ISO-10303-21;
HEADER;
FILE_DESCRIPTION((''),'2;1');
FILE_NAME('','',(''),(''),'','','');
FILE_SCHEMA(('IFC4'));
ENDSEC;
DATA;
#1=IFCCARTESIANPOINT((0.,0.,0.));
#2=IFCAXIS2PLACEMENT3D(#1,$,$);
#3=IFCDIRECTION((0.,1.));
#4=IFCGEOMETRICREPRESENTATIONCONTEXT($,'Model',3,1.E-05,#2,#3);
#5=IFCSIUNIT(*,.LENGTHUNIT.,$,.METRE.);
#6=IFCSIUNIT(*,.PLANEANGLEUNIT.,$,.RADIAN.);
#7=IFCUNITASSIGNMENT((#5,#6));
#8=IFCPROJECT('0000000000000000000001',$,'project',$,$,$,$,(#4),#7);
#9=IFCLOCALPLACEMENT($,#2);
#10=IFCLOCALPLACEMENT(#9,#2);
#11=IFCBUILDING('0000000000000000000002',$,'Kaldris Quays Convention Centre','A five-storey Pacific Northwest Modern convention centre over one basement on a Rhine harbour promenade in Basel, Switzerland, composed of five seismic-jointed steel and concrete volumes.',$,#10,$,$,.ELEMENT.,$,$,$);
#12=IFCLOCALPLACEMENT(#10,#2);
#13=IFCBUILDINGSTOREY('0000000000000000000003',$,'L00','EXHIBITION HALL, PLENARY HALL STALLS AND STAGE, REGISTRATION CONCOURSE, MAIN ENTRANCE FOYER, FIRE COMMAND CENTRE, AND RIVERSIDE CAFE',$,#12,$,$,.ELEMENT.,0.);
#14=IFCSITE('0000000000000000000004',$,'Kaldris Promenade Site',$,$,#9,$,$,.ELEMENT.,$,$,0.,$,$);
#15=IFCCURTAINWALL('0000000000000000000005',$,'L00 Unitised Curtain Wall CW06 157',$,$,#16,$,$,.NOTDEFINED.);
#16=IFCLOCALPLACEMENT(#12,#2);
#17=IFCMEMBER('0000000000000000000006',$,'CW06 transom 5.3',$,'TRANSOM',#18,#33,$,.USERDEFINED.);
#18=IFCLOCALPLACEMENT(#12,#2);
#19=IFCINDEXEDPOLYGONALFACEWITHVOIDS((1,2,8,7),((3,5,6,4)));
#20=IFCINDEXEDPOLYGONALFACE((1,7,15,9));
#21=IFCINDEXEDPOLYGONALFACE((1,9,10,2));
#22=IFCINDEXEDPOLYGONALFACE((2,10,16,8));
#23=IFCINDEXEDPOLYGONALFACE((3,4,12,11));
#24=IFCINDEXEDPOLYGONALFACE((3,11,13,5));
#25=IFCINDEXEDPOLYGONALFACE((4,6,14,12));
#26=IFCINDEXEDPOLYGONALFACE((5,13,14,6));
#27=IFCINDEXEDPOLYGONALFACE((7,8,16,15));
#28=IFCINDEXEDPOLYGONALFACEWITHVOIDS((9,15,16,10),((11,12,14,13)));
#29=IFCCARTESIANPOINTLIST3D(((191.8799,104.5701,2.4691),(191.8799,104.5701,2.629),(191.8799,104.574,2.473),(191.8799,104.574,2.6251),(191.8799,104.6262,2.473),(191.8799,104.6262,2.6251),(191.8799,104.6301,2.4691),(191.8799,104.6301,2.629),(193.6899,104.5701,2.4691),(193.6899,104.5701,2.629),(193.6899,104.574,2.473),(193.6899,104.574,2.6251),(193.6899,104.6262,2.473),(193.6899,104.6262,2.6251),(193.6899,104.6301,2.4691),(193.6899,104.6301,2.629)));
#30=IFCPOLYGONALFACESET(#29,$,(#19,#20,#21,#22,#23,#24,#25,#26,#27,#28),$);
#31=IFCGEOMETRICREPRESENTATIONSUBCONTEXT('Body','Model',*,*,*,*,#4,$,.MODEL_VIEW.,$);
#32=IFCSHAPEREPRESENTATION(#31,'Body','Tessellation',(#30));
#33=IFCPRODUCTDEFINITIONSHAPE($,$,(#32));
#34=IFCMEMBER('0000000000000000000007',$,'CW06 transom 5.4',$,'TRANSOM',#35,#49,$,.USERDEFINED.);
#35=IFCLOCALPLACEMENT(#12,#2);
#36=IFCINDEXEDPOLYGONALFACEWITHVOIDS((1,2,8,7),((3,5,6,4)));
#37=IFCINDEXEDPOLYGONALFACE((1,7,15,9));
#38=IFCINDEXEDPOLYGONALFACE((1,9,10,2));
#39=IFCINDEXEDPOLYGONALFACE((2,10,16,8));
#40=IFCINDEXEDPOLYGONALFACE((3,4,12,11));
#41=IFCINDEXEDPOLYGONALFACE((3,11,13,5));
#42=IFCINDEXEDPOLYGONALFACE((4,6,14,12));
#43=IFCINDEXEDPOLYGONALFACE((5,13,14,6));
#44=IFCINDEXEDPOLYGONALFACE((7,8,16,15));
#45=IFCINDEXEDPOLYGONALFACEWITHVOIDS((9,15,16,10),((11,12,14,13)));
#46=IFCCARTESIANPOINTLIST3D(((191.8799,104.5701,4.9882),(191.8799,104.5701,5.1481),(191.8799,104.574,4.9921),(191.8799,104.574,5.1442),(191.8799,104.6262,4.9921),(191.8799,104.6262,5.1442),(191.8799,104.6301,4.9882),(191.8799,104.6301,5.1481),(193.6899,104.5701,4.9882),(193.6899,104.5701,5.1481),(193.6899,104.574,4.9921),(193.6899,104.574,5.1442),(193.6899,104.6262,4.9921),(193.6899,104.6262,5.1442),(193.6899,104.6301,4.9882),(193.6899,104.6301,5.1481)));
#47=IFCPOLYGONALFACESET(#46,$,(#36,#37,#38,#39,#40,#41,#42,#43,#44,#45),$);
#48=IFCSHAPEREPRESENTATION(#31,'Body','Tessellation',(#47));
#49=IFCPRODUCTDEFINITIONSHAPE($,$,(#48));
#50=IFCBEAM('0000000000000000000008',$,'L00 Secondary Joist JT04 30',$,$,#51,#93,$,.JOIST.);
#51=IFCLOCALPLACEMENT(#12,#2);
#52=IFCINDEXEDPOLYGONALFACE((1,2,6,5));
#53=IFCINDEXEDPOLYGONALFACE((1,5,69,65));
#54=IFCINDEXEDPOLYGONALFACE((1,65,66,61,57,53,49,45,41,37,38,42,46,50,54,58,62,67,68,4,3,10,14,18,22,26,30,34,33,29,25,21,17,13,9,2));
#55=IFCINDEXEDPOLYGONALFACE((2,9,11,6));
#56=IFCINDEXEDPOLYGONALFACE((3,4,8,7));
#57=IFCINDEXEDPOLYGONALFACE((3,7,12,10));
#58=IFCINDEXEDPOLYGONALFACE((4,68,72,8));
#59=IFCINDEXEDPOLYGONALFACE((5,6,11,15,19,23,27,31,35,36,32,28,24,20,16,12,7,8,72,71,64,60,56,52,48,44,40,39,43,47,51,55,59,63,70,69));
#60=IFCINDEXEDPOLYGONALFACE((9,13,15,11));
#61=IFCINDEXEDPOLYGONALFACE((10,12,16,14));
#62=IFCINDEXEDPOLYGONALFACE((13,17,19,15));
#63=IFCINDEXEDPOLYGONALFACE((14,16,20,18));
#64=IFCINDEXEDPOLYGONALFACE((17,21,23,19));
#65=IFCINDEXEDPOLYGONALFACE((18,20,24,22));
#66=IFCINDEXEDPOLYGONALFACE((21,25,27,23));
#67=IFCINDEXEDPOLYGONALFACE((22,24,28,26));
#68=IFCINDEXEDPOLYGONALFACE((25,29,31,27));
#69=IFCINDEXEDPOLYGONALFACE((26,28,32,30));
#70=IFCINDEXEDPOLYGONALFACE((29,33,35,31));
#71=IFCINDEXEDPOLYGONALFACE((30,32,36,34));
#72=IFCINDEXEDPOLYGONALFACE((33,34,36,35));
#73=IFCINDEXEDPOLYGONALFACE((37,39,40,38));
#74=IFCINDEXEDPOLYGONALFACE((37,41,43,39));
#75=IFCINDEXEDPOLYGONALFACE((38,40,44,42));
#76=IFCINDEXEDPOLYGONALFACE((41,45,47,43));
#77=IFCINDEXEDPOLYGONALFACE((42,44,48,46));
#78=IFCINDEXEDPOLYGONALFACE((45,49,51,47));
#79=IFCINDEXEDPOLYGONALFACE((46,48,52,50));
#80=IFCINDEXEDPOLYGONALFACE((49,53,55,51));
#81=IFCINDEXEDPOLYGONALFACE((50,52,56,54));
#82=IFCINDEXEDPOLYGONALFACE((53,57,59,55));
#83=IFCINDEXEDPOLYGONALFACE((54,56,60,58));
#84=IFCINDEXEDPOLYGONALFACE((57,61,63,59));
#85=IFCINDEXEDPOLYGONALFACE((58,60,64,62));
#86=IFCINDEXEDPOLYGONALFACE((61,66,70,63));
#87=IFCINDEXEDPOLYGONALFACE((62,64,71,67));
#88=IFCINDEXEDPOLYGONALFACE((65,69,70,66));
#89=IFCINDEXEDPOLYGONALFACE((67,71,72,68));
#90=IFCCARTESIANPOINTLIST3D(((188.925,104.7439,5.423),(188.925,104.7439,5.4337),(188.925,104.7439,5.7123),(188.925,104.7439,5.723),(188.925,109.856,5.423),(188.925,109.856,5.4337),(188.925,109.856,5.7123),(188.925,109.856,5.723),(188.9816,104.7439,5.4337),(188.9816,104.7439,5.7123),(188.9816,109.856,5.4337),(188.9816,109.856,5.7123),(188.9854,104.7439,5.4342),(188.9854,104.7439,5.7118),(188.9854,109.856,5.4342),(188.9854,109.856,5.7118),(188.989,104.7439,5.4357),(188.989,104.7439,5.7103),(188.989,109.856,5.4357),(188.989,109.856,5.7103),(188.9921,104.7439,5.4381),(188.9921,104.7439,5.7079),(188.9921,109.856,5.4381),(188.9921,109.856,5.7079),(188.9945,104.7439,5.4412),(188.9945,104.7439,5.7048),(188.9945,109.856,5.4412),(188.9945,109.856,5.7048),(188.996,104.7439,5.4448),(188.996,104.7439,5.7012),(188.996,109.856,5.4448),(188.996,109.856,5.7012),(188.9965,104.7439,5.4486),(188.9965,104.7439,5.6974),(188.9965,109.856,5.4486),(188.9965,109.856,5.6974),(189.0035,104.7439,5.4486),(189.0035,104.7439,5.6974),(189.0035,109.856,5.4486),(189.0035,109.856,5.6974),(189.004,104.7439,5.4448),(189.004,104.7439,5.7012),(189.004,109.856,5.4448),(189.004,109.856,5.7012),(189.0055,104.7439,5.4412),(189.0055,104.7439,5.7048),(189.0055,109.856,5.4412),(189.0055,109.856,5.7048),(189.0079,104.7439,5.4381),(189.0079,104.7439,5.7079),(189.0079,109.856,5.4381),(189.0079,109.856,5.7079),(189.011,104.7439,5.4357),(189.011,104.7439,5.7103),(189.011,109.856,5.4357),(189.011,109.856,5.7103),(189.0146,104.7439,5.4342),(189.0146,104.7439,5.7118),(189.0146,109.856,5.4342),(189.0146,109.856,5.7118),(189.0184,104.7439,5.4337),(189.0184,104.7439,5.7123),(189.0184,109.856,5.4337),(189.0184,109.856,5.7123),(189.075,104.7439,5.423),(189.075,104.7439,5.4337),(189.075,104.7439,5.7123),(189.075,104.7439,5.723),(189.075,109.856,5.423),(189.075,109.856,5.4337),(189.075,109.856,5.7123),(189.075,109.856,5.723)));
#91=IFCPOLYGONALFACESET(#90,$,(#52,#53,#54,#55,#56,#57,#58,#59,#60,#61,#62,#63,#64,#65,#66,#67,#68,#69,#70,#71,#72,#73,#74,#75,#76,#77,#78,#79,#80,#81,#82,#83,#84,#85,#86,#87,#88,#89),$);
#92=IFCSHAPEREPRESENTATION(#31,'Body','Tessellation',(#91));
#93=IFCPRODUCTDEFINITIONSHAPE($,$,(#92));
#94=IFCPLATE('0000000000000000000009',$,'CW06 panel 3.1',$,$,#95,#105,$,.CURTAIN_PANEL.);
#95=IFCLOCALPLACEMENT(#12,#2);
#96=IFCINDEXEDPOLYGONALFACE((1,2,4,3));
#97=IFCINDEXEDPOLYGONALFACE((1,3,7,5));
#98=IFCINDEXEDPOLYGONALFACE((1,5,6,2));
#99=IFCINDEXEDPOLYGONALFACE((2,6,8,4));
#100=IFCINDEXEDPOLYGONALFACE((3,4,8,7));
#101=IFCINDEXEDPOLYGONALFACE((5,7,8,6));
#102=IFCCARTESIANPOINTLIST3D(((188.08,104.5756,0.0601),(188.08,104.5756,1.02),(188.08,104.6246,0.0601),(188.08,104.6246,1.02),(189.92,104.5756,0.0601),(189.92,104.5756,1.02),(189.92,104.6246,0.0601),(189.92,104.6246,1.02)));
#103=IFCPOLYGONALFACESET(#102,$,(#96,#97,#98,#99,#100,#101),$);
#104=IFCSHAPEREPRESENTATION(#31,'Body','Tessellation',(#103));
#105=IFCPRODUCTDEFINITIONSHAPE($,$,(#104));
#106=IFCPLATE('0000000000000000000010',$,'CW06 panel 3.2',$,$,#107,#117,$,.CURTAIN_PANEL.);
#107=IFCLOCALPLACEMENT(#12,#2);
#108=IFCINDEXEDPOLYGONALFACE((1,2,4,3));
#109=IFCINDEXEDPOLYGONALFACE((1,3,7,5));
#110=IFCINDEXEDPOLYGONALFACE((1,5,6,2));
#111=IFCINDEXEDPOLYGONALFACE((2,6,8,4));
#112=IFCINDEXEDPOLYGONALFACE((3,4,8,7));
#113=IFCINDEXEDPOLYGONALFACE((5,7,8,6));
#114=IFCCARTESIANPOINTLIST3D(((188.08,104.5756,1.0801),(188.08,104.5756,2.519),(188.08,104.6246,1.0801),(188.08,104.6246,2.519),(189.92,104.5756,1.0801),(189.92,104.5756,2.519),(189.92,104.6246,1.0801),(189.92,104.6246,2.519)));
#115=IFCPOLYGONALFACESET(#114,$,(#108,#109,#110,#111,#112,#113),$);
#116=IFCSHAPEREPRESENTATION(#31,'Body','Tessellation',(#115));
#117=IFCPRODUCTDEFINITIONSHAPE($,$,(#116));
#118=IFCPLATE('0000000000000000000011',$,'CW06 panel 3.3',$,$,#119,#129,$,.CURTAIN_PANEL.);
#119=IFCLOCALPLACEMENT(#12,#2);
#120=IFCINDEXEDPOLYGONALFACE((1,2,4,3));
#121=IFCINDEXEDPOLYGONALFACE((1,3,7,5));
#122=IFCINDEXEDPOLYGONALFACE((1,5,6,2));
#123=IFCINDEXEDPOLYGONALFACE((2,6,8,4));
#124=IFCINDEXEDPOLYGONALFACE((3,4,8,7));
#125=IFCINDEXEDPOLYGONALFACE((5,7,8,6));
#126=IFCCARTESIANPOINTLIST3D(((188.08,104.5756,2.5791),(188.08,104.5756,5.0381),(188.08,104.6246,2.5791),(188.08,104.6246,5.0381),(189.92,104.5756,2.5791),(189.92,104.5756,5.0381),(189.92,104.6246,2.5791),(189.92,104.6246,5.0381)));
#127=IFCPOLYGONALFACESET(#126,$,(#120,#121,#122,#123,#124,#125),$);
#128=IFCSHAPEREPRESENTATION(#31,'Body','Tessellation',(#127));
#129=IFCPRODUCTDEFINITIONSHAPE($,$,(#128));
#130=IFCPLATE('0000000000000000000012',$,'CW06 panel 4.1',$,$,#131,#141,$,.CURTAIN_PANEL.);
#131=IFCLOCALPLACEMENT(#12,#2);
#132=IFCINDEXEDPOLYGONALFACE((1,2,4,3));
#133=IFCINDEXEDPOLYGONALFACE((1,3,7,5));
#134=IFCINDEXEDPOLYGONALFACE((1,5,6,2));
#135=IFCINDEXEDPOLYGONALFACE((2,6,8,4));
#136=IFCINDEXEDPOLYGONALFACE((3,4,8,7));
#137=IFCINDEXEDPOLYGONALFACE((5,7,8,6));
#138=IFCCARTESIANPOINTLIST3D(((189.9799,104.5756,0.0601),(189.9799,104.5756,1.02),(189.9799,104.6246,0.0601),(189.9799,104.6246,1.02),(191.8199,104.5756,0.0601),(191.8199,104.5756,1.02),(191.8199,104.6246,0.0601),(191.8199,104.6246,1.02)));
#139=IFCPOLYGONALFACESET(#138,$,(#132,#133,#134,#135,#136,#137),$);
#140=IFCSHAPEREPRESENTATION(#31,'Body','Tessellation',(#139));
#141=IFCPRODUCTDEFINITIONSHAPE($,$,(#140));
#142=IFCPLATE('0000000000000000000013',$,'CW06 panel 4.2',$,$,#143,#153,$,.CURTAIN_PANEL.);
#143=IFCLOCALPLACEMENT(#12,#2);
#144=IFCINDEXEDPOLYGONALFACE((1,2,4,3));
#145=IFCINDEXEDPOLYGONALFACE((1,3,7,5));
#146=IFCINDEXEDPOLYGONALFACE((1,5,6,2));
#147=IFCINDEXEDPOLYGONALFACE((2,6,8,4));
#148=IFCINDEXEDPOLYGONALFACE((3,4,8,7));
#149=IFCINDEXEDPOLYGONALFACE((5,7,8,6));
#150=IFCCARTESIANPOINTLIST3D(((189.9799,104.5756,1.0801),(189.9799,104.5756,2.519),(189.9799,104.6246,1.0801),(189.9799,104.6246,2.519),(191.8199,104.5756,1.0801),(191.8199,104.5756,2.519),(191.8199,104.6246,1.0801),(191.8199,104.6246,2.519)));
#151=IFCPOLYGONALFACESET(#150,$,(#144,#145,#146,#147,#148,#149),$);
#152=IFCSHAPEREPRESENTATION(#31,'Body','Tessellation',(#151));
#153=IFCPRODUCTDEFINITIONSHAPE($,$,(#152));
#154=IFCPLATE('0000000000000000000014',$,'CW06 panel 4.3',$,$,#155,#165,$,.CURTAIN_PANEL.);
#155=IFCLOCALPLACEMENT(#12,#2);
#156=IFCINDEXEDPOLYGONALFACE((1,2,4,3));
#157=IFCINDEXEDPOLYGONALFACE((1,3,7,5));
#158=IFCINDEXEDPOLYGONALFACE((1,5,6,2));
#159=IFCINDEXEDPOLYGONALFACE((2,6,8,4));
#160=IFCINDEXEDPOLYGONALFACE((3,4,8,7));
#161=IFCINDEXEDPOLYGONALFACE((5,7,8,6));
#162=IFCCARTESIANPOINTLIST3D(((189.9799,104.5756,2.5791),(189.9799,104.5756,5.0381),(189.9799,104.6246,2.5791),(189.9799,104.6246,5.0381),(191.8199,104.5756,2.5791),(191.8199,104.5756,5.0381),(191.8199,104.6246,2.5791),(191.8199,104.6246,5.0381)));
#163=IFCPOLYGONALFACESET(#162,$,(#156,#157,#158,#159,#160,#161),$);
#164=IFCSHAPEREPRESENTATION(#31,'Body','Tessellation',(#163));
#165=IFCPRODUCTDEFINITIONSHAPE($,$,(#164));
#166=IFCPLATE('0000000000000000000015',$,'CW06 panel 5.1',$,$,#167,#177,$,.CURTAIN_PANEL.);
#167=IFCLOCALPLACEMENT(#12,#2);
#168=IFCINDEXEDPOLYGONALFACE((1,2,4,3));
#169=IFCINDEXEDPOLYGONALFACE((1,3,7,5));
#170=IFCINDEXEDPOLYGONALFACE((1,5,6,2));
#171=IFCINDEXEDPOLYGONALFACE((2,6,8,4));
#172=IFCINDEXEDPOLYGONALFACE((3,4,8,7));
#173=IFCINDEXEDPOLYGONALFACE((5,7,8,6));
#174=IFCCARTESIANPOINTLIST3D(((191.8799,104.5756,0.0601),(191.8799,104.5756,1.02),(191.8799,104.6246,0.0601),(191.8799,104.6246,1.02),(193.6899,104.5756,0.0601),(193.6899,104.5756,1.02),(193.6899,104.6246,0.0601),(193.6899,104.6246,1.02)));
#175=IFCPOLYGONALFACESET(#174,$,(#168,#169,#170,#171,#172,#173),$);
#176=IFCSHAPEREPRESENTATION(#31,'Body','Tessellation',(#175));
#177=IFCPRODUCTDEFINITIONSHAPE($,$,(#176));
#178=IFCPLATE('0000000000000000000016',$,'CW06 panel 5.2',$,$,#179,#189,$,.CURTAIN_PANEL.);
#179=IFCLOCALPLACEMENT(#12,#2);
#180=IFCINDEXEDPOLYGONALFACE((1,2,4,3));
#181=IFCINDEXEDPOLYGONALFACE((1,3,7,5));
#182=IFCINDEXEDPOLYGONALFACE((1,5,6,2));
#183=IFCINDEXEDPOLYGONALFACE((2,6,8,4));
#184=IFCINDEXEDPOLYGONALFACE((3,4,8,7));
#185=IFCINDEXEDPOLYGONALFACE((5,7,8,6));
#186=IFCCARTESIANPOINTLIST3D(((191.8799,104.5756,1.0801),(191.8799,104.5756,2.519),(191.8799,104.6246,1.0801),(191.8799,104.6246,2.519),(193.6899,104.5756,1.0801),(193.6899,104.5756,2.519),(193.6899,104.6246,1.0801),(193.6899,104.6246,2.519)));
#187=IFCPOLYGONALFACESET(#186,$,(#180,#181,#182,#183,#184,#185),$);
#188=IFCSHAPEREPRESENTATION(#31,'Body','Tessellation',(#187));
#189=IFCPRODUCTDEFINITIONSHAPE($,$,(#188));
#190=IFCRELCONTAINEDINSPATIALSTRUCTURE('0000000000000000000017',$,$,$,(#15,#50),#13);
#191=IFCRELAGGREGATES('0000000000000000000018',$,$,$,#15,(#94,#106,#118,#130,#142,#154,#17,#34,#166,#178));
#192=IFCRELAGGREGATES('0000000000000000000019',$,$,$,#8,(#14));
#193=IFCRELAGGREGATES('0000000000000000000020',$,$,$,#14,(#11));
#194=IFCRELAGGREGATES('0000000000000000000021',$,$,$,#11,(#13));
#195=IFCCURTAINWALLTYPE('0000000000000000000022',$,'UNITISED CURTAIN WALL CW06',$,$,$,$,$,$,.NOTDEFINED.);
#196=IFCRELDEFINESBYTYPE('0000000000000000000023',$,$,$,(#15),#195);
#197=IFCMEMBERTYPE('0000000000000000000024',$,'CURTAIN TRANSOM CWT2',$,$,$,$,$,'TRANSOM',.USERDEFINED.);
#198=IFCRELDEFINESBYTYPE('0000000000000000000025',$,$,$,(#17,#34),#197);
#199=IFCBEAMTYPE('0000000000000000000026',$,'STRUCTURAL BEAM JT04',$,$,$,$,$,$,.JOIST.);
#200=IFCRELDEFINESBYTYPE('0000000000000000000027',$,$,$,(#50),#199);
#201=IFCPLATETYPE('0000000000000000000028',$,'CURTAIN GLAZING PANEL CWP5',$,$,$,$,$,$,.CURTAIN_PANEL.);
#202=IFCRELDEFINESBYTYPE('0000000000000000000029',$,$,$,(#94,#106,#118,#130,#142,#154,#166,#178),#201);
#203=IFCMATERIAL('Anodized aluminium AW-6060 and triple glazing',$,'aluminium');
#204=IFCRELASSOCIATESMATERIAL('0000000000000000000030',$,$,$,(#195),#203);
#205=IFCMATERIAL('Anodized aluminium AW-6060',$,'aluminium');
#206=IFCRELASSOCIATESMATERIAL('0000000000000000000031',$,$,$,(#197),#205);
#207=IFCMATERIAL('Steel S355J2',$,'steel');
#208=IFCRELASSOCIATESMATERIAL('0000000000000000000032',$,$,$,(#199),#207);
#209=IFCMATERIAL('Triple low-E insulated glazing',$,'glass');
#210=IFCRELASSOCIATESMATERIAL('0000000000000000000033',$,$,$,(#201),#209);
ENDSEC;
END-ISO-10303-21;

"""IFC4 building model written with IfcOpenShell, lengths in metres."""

from ifc_helpers import new_model, si_unit, direction, frame, origin, origin_2d, place, context, subcontext, project, spatial, rectangle, hollow_rectangle, i_section, extrude, material, material_profile, profile_set, type_object, element, aggregate, save


model = new_model("IFC4")

# Units and contexts
model_context = context("Model", 3, precision=1e-05, world=origin(), true_north=direction((0.0, 1.0)))
body_context = subcontext(model_context, "Body", "Model", "MODEL_VIEW")
ifc_project = project(units=[si_unit("LENGTHUNIT", "METRE"), si_unit("PLANEANGLEUNIT", "RADIAN")], contexts=[model_context])

# Site, building, storey
site_placement = place(None, origin())
site = spatial("IfcSite", under=ifc_project, at=site_placement, Name="Kaldris Promenade Site", CompositionType="ELEMENT", RefElevation=0.0)
building_placement = place(site_placement, origin())
building = spatial("IfcBuilding", under=site, at=building_placement, Name="Kaldris Quays Convention Centre", Description="A five-storey Pacific Northwest Modern convention centre over one basement on a Rhine harbour promenade in Basel, Switzerland, composed of five seismic-jointed steel and concrete volumes.", CompositionType="ELEMENT")
storey_placement = place(building_placement, origin())
storey = spatial("IfcBuildingStorey", under=building, at=storey_placement, Name="L00", Description="EXHIBITION HALL, PLENARY HALL STALLS AND STAGE, REGISTRATION CONCOURSE, MAIN ENTRANCE FOYER, FIRE COMMAND CENTRE, AND RIVERSIDE CAFE", CompositionType="ELEMENT", Elevation=0.0)

# Curtain wall, members
ifc_material_1 = material(Name="Anodized aluminium AW-6060 and triple glazing", Category="aluminium")
curtain_wall_type = type_object("IfcCurtainWallType", Name="UNITISED CURTAIN WALL CW06", PredefinedType="NOTDEFINED", material=ifc_material_1)
curtain_wall_placement = place(storey_placement, origin())
curtain_wall = element("IfcCurtainWall", 1, at=curtain_wall_placement, inside=storey, type_object=curtain_wall_type, Name="L00 Unitised Curtain Wall CW06 157", PredefinedType="NOTDEFINED")
ifc_material_2 = material(Name="Anodized aluminium AW-6060", Category="aluminium")
ifc_material_profile_1 = material_profile(ifc_material_2, hollow_rectangle(XDim=0.0601, YDim=0.1599, WallThickness=0.0039, at=origin_2d()), Name="RHS 160x60x4")
ifc_profile_set_1 = profile_set([ifc_material_profile_1], Name="Anodized aluminium AW-6060")
member_type_1 = type_object("IfcMemberType", Name="CURTAIN TRANSOM CWT2", ElementType="TRANSOM", PredefinedType="USERDEFINED", material=ifc_profile_set_1)
member_1_placement = place(storey_placement, frame((191.8799, 104.6001, 2.5491), z_axis=(1.0, 0.0, 0.0), x_axis=(0.0, 1.0, 0.0)))
member_1 = element("IfcMember", 2, at=member_1_placement, type_object=member_type_1, Name="CW06 transom 5.3", ObjectType="TRANSOM", PredefinedType="USERDEFINED", context=body_context, shape_type="SweptSolid", body=[
    extrude(hollow_rectangle(XDim=0.0601, YDim=0.1599, WallThickness=0.0039, at=origin_2d()), origin(), (0.0, 0.0, 1.0), 1.8101),
])
member_2_placement = place(storey_placement, frame((191.8799, 104.6001, 5.0681), z_axis=(1.0, 0.0, 0.0), x_axis=(0.0, 1.0, 0.0)))
member_2 = element("IfcMember", 3, at=member_2_placement, type_object=member_type_1, Name="CW06 transom 5.4", ObjectType="TRANSOM", PredefinedType="USERDEFINED", context=body_context, shape_type="SweptSolid", body=[
    extrude(hollow_rectangle(XDim=0.0601, YDim=0.1599, WallThickness=0.0039, at=origin_2d()), origin(), (0.0, 0.0, 1.0), 1.8101),
])

# Beam
ifc_material_3 = material(Name="Steel S355J2", Category="steel")
ifc_material_profile_2 = material_profile(ifc_material_3, i_section(OverallWidth=0.1499, OverallDepth=0.3, WebThickness=0.0071, FlangeThickness=0.0107, FilletRadius=0.0149, at=origin_2d()), Name="IPE 300")
ifc_profile_set_2 = profile_set([ifc_material_profile_2], Name="Steel S355J2")
beam_type = type_object("IfcBeamType", Name="STRUCTURAL BEAM JT04", PredefinedType="JOIST", material=ifc_profile_set_2)
beam_placement = place(storey_placement, frame((189.0, 104.7439, 5.573), z_axis=(0.0, 1.0, 0.0), x_axis=(-1.0, 0.0, 0.0)))
element("IfcBeam", 4, at=beam_placement, inside=storey, type_object=beam_type, Name="L00 Secondary Joist JT04 30", PredefinedType="JOIST", context=body_context, shape_type="SweptSolid", body=[
    extrude(i_section(OverallWidth=0.1499, OverallDepth=0.3, WebThickness=0.0071, FlangeThickness=0.0107, FilletRadius=0.0149, at=origin_2d()), origin(), (0.0, 0.0, 1.0), 5.1121),
])

# Plates
ifc_material_4 = material(Name="Triple low-E insulated glazing", Category="glass")
plate_type = type_object("IfcPlateType", Name="CURTAIN GLAZING PANEL CWP5", PredefinedType="CURTAIN_PANEL", material=ifc_material_4)
plate_1_placement = place(storey_placement, frame((189.0, 104.6001, 0.0601), z_axis=(0.0, 0.0, 1.0), x_axis=(1.0, 0.0, 0.0)))
plate_1 = element("IfcPlate", 5, at=plate_1_placement, type_object=plate_type, Name="CW06 panel 3.1", PredefinedType="CURTAIN_PANEL", context=body_context, shape_type="SweptSolid", body=[
    extrude(rectangle(XDim=1.8401, YDim=0.0491, at=origin_2d()), origin(), (0.0, 0.0, 1.0), 0.96),
])
plate_2_placement = place(storey_placement, frame((189.0, 104.6001, 1.0801), z_axis=(0.0, 0.0, 1.0), x_axis=(1.0, 0.0, 0.0)))
plate_2 = element("IfcPlate", 6, at=plate_2_placement, type_object=plate_type, Name="CW06 panel 3.2", PredefinedType="CURTAIN_PANEL", context=body_context, shape_type="SweptSolid", body=[
    extrude(rectangle(XDim=1.8401, YDim=0.0491, at=origin_2d()), origin(), (0.0, 0.0, 1.0), 1.439),
])
plate_3_placement = place(storey_placement, frame((189.0, 104.6001, 2.5791), z_axis=(0.0, 0.0, 1.0), x_axis=(1.0, 0.0, 0.0)))
plate_3 = element("IfcPlate", 7, at=plate_3_placement, type_object=plate_type, Name="CW06 panel 3.3", PredefinedType="CURTAIN_PANEL", context=body_context, shape_type="SweptSolid", body=[
    extrude(rectangle(XDim=1.8401, YDim=0.0491, at=origin_2d()), origin(), (0.0, 0.0, 1.0), 2.459),
])
plate_4_placement = place(storey_placement, frame((190.8999, 104.6001, 0.0601), z_axis=(0.0, 0.0, 1.0), x_axis=(1.0, 0.0, 0.0)))
plate_4 = element("IfcPlate", 8, at=plate_4_placement, type_object=plate_type, Name="CW06 panel 4.1", PredefinedType="CURTAIN_PANEL", context=body_context, shape_type="SweptSolid", body=[
    extrude(rectangle(XDim=1.8401, YDim=0.0491, at=origin_2d()), origin(), (0.0, 0.0, 1.0), 0.96),
])
plate_5_placement = place(storey_placement, frame((190.8999, 104.6001, 1.0801), z_axis=(0.0, 0.0, 1.0), x_axis=(1.0, 0.0, 0.0)))
plate_5 = element("IfcPlate", 9, at=plate_5_placement, type_object=plate_type, Name="CW06 panel 4.2", PredefinedType="CURTAIN_PANEL", context=body_context, shape_type="SweptSolid", body=[
    extrude(rectangle(XDim=1.8401, YDim=0.0491, at=origin_2d()), origin(), (0.0, 0.0, 1.0), 1.439),
])
plate_6_placement = place(storey_placement, frame((190.8999, 104.6001, 2.5791), z_axis=(0.0, 0.0, 1.0), x_axis=(1.0, 0.0, 0.0)))
plate_6 = element("IfcPlate", 10, at=plate_6_placement, type_object=plate_type, Name="CW06 panel 4.3", PredefinedType="CURTAIN_PANEL", context=body_context, shape_type="SweptSolid", body=[
    extrude(rectangle(XDim=1.8401, YDim=0.0491, at=origin_2d()), origin(), (0.0, 0.0, 1.0), 2.459),
])
plate_7_placement = place(storey_placement, frame((192.7849, 104.6001, 0.0601), z_axis=(0.0, 0.0, 1.0), x_axis=(1.0, 0.0, 0.0)))
plate_7 = element("IfcPlate", 11, at=plate_7_placement, type_object=plate_type, Name="CW06 panel 5.1", PredefinedType="CURTAIN_PANEL", context=body_context, shape_type="SweptSolid", body=[
    extrude(rectangle(XDim=1.8101, YDim=0.0491, at=origin_2d()), origin(), (0.0, 0.0, 1.0), 0.96),
])
plate_8_placement = place(storey_placement, frame((192.7849, 104.6001, 1.0801), z_axis=(0.0, 0.0, 1.0), x_axis=(1.0, 0.0, 0.0)))
plate_8 = element("IfcPlate", 12, at=plate_8_placement, type_object=plate_type, Name="CW06 panel 5.2", PredefinedType="CURTAIN_PANEL", context=body_context, shape_type="SweptSolid", body=[
    extrude(rectangle(XDim=1.8101, YDim=0.0491, at=origin_2d()), origin(), (0.0, 0.0, 1.0), 1.439),
])
aggregate(curtain_wall, [plate_1, plate_2, plate_3, plate_4, plate_5, plate_6, member_1, member_2, plate_7, plate_8])

save(model, "model.ifc")
